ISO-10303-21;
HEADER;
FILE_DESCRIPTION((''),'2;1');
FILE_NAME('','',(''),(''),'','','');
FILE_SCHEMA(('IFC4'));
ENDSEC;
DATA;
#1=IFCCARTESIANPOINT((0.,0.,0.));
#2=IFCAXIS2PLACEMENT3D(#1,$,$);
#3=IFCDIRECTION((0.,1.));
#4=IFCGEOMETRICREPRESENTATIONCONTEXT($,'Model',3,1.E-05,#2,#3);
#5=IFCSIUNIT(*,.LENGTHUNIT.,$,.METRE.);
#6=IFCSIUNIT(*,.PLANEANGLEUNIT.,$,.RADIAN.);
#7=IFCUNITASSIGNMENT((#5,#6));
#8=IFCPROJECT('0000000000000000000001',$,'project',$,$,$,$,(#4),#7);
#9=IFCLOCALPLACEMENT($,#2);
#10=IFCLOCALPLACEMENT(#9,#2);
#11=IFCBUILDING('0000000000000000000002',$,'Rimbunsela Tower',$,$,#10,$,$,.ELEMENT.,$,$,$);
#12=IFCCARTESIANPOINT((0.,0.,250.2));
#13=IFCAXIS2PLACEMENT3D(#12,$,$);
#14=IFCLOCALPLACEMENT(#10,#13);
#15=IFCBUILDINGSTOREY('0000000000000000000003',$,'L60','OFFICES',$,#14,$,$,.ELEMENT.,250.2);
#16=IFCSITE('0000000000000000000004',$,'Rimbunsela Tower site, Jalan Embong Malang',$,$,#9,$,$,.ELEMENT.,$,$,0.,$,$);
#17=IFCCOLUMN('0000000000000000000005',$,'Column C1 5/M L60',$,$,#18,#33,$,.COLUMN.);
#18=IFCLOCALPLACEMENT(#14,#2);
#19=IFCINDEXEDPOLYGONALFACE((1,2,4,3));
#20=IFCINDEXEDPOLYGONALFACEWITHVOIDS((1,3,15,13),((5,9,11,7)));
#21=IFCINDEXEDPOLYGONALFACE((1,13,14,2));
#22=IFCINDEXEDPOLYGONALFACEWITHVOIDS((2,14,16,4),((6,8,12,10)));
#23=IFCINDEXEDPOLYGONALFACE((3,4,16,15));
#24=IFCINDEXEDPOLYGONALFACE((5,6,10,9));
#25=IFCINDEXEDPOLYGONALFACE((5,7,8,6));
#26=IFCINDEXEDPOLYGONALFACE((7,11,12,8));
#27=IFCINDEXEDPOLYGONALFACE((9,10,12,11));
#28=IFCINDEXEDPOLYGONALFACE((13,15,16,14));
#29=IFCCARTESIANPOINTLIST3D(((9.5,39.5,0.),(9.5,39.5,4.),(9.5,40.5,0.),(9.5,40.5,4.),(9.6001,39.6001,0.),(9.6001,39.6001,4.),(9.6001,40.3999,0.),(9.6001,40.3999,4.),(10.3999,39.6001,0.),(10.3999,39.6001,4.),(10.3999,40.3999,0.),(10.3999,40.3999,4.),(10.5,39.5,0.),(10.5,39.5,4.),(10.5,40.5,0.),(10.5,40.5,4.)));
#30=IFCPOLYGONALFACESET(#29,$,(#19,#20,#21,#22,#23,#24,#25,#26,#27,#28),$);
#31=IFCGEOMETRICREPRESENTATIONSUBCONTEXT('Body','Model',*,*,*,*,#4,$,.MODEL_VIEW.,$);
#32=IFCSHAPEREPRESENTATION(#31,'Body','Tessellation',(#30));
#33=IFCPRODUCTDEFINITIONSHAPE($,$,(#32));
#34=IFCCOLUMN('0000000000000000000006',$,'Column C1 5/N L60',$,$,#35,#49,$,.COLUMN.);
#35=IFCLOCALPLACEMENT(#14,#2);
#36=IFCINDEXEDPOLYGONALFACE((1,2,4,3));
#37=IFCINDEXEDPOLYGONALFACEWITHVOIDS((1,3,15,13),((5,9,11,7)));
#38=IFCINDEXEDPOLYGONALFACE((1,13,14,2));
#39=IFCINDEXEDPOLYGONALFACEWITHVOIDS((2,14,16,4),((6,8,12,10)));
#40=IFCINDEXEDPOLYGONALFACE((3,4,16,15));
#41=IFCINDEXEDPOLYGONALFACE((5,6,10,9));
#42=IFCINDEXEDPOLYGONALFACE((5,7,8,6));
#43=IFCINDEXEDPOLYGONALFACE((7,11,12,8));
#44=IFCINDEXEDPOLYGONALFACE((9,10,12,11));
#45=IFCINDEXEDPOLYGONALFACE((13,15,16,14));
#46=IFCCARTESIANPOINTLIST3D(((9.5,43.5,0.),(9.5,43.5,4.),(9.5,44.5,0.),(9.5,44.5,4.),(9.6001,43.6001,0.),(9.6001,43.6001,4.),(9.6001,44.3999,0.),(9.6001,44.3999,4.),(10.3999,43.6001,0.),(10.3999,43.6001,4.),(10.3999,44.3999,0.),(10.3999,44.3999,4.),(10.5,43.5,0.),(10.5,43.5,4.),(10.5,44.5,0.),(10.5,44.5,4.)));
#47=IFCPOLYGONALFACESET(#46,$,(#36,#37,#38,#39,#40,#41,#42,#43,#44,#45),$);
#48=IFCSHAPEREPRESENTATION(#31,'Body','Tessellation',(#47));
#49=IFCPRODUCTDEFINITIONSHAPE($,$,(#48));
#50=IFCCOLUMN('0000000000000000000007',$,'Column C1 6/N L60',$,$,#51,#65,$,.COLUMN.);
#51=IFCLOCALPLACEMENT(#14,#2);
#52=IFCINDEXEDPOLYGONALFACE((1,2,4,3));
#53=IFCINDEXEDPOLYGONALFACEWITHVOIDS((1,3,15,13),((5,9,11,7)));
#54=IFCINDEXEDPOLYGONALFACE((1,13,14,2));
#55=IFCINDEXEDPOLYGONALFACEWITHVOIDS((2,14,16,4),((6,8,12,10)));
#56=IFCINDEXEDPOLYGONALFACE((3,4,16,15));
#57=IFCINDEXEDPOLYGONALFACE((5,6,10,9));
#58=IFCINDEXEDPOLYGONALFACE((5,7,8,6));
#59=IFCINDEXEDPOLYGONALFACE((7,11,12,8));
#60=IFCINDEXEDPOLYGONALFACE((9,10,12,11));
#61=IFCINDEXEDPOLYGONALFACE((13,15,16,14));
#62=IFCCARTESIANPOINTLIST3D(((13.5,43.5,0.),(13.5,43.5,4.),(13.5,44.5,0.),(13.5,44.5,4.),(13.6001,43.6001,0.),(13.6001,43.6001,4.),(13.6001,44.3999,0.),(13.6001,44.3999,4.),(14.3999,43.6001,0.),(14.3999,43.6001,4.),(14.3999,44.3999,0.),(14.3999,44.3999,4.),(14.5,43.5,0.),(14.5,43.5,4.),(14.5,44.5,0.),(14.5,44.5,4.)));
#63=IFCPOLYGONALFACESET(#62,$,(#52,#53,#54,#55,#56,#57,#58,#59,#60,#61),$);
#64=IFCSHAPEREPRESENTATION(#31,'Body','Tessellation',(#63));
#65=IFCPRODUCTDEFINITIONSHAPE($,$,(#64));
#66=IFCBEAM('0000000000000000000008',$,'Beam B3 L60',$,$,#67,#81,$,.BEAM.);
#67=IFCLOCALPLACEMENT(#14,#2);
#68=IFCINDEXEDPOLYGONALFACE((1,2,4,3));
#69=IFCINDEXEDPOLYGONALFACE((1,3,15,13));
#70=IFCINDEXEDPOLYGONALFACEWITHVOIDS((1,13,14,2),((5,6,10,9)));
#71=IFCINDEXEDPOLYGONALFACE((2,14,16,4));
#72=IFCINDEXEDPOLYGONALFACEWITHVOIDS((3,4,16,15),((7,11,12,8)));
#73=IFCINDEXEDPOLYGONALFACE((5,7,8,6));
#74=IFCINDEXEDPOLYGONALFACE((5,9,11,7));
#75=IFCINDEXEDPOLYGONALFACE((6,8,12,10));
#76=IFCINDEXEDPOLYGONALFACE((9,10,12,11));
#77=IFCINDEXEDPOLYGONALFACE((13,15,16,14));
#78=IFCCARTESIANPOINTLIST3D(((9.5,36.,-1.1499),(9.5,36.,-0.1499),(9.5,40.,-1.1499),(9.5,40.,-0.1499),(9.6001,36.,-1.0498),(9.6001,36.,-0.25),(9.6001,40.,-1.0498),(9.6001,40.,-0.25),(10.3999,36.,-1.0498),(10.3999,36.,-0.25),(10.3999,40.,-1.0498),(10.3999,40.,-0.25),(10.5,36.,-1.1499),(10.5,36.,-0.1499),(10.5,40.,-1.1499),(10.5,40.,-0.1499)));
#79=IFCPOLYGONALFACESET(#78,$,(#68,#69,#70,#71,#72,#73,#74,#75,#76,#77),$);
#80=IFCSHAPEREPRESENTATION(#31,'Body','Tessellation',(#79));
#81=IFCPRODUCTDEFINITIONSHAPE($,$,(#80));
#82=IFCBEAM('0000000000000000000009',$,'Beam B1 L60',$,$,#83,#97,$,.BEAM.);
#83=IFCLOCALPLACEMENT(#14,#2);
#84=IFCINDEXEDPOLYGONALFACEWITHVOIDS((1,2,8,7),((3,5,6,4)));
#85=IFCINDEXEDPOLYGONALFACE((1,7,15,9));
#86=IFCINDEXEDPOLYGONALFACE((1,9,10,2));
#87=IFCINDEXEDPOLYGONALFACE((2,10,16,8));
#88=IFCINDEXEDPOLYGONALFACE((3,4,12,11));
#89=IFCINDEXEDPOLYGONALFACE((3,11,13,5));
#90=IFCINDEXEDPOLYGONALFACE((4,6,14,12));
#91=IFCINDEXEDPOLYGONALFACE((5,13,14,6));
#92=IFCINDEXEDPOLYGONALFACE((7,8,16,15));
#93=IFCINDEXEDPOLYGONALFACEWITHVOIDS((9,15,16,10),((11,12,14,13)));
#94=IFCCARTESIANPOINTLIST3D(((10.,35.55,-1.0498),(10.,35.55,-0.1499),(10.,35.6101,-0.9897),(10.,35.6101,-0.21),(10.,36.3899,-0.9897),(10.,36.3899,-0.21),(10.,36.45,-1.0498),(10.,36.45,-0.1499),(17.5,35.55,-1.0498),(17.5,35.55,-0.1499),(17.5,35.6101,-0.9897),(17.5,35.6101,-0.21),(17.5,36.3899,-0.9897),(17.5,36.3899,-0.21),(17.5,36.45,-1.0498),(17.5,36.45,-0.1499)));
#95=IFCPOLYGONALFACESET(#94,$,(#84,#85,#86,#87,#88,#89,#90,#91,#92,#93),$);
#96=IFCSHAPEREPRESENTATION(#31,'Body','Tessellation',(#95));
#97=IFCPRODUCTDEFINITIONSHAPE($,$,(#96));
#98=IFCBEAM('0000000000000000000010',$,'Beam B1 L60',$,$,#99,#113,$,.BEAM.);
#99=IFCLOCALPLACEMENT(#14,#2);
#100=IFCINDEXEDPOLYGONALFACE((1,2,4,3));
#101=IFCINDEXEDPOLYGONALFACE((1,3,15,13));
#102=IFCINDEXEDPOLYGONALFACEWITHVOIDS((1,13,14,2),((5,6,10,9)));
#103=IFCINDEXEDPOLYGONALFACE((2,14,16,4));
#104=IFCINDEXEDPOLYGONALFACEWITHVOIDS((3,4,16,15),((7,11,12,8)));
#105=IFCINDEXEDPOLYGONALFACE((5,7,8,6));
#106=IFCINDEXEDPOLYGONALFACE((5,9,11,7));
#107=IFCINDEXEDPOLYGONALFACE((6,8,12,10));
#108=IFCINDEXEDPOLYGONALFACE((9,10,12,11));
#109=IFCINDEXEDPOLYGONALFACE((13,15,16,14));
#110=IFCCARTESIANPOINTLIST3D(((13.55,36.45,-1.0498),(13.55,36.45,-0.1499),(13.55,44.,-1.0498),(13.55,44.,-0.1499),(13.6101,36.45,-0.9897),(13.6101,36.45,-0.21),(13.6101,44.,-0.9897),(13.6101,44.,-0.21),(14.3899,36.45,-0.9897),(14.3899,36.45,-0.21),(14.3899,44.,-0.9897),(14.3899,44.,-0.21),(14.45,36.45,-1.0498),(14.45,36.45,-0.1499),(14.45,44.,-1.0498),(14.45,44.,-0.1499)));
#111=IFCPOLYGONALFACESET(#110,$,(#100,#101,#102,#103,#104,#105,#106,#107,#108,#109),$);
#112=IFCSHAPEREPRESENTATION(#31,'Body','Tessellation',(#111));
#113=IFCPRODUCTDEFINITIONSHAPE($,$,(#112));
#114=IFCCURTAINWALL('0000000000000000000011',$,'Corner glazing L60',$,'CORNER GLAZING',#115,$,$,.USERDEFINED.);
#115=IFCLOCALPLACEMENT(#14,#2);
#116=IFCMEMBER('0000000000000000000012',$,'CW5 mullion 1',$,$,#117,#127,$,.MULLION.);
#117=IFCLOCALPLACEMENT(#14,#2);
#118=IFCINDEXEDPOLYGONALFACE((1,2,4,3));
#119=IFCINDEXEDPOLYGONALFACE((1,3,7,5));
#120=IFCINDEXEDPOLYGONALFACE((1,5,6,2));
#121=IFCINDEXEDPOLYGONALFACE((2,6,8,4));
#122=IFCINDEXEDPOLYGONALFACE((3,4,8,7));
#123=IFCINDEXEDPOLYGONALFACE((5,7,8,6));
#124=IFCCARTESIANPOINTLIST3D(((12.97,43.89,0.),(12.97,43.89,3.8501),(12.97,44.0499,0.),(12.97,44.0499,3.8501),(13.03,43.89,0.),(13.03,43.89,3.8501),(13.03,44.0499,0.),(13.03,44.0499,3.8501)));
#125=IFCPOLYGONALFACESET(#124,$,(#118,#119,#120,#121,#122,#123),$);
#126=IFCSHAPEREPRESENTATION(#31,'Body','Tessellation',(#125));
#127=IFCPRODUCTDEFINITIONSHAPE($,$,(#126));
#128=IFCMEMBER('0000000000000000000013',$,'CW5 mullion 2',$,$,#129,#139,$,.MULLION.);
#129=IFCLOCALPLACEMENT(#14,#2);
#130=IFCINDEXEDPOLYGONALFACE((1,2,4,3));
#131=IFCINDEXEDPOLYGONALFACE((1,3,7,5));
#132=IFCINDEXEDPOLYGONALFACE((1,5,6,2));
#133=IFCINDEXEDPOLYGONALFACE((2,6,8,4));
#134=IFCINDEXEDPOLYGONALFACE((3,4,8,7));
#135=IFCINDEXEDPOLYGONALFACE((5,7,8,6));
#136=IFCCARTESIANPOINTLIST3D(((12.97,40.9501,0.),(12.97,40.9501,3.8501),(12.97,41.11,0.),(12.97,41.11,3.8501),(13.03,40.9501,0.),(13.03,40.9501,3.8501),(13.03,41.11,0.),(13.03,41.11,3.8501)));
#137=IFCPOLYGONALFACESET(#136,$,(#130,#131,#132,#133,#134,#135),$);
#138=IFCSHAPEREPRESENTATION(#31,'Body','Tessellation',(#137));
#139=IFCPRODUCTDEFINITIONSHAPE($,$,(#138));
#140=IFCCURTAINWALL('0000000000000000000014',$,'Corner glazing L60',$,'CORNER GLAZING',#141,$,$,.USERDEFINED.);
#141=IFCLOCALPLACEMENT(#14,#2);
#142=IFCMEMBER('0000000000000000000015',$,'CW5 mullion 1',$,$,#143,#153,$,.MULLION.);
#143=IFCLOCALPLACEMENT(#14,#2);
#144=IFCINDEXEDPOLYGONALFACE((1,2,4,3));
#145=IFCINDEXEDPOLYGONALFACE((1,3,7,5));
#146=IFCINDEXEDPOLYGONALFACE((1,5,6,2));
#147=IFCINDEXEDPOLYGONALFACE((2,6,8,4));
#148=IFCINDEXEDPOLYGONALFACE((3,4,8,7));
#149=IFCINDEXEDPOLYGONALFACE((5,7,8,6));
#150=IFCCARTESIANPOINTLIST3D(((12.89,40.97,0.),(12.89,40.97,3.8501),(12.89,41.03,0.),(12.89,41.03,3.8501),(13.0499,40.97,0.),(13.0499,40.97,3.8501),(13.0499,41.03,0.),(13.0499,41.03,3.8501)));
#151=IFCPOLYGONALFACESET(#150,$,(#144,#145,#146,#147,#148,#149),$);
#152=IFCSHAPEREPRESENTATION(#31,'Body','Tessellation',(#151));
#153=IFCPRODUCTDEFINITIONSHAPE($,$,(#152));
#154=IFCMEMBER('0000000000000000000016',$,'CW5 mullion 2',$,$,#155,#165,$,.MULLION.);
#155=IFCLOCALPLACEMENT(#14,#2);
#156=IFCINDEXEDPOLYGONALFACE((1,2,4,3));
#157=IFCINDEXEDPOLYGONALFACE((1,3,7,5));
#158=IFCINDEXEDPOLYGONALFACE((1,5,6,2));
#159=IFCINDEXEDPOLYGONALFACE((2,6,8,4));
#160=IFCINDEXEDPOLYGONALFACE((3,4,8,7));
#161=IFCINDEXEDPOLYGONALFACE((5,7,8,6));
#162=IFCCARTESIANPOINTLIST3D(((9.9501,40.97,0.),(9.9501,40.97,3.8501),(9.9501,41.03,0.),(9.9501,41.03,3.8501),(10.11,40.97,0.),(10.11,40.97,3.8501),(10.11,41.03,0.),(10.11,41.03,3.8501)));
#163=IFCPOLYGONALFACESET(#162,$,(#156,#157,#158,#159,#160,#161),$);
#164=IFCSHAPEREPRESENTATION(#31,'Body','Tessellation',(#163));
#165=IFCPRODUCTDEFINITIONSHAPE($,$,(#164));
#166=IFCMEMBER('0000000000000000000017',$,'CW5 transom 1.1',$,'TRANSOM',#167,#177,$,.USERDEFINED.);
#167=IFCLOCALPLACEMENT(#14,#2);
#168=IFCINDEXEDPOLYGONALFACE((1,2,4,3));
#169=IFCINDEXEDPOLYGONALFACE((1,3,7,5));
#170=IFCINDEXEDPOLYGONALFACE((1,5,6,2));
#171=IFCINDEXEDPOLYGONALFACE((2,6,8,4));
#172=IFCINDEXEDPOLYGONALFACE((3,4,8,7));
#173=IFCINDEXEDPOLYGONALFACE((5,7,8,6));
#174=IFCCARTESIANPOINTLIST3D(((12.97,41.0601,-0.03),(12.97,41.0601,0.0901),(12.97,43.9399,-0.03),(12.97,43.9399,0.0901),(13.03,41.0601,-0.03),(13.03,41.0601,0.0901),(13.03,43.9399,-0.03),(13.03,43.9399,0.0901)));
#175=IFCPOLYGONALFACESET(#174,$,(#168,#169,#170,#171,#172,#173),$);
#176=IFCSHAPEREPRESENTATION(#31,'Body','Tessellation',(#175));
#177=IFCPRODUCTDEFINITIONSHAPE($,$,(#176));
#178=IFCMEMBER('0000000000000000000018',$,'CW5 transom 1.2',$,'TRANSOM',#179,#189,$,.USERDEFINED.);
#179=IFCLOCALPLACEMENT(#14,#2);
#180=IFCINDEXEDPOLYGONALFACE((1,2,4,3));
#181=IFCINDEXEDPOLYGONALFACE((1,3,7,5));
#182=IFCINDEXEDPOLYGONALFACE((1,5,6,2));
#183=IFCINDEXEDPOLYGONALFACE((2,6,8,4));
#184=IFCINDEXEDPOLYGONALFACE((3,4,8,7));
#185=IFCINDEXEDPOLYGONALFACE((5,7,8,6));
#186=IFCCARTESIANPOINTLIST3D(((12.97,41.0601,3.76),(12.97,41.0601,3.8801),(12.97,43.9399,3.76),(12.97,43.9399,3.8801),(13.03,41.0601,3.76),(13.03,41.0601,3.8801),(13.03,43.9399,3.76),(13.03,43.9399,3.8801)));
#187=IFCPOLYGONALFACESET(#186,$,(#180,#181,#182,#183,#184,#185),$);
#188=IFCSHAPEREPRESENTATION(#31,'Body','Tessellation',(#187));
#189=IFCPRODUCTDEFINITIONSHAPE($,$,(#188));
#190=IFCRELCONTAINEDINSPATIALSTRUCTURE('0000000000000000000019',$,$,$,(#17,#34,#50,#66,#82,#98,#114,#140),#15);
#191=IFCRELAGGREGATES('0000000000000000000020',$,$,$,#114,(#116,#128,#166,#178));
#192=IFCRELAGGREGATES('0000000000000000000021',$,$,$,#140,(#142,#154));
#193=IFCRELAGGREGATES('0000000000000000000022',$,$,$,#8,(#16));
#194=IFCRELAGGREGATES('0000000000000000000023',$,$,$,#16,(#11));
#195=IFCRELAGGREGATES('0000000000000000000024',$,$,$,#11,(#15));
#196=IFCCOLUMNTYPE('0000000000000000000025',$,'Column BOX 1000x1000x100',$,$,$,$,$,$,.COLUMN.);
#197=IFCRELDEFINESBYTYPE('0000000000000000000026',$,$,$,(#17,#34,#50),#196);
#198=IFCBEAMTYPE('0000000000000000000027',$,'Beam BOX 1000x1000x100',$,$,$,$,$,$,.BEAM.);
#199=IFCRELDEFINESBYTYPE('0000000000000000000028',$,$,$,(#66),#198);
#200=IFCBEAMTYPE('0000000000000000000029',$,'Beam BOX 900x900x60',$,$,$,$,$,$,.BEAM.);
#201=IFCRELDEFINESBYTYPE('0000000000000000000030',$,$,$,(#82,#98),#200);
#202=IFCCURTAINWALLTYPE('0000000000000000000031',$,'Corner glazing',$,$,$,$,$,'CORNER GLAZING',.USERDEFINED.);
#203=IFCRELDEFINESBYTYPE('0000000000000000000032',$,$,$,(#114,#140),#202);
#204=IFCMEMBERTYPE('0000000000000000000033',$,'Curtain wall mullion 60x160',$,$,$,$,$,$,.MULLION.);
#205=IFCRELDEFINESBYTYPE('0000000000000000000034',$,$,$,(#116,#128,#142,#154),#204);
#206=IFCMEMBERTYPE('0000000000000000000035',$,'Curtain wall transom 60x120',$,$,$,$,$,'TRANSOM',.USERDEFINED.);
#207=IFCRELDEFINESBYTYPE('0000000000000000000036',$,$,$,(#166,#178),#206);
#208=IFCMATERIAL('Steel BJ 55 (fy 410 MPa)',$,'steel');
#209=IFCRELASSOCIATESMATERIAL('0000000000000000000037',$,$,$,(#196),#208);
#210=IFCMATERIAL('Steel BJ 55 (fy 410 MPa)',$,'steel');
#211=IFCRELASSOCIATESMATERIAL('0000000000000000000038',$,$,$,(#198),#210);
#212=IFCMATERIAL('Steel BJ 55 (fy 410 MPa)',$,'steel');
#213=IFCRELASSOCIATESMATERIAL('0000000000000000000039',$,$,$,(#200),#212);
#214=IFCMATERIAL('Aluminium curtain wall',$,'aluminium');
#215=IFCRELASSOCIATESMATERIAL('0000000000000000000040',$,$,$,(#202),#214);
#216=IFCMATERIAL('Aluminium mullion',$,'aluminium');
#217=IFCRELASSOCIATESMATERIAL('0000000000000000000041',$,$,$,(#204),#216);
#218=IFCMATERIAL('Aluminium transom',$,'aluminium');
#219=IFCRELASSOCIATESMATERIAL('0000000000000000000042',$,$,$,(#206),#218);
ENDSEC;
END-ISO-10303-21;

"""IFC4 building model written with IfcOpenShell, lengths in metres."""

from ifc_helpers import new_model, si_unit, direction, frame, origin, origin_2d, place, context, subcontext, project, spatial, rectangle, hollow_rectangle, extrude, material, material_profile, profile_set, type_object, element, aggregate, save


model = new_model("IFC4")

# Units and contexts
model_context = context("Model", 3, precision=1e-05, world=origin(), true_north=direction((0.0, 1.0)))
body_context = subcontext(model_context, "Body", "Model", "MODEL_VIEW")
ifc_project = project(units=[si_unit("LENGTHUNIT", "METRE"), si_unit("PLANEANGLEUNIT", "RADIAN")], contexts=[model_context])

# Site, building, storey
site_placement = place(None, origin())
site = spatial("IfcSite", under=ifc_project, at=site_placement, Name="Rimbunsela Tower site, Jalan Embong Malang", CompositionType="ELEMENT", RefElevation=0.0)
building_placement = place(site_placement, origin())
building = spatial("IfcBuilding", under=site, at=building_placement, Name="Rimbunsela Tower", CompositionType="ELEMENT")
storey_placement = place(building_placement, frame((0.0, 0.0, 250.2)))
storey = spatial("IfcBuildingStorey", under=building, at=storey_placement, Name="L60", Description="OFFICES", CompositionType="ELEMENT", Elevation=250.2)

# Columns
ifc_material_1 = material(Name="Steel BJ 55 (fy 410 MPa)", Category="steel")
ifc_material_profile_1 = material_profile(ifc_material_1, hollow_rectangle(XDim=1.0, YDim=1.0, WallThickness=0.1001, at=origin_2d()), Name="BOX 1000x1000x100")
ifc_profile_set_1 = profile_set([ifc_material_profile_1], Name="Steel BJ 55 (fy 410 MPa)")
column_type = type_object("IfcColumnType", Name="Column BOX 1000x1000x100", PredefinedType="COLUMN", material=ifc_profile_set_1)
for number, where, z_axis, x_axis, name in (
    (1, (10.0, 40.0, 0.0), (0.0, 0.0, 1.0), (1.0, 0.0, 0.0), "Column C1 5/M L60"),
    (2, (10.0, 44.0, 0.0), (0.0, 0.0, 1.0), (1.0, 0.0, 0.0), "Column C1 5/N L60"),
    (3, (14.0, 44.0, 0.0), (0.0, 0.0, 1.0), (1.0, 0.0, 0.0), "Column C1 6/N L60"),
):
    element("IfcColumn", number, at=place(storey_placement, frame(where, z_axis=z_axis, x_axis=x_axis)), inside=storey, type_object=column_type, Name=name, PredefinedType="COLUMN", context=body_context, shape_type="SweptSolid", body=[
        extrude(hollow_rectangle(XDim=1.0, YDim=1.0, WallThickness=0.1001, at=origin_2d()), origin(), (0.0, 0.0, 1.0), 4.0),
    ])

# Beams
ifc_material_2 = material(Name="Steel BJ 55 (fy 410 MPa)", Category="steel")
ifc_material_profile_2 = material_profile(ifc_material_2, hollow_rectangle(XDim=1.0, YDim=1.0, WallThickness=0.1001, at=origin_2d()), Name="BOX 1000x1000x100")
ifc_profile_set_2 = profile_set([ifc_material_profile_2], Name="Steel BJ 55 (fy 410 MPa)")
beam_type_1 = type_object("IfcBeamType", Name="Beam BOX 1000x1000x100", PredefinedType="BEAM", material=ifc_profile_set_2)
beam_1_placement = place(storey_placement, frame((10.0, 36.0, -0.6499), z_axis=(0.0, 1.0, 0.0), x_axis=(-1.0, 0.0, 0.0)))
element("IfcBeam", 4, at=beam_1_placement, inside=storey, type_object=beam_type_1, Name="Beam B3 L60", PredefinedType="BEAM", context=body_context, shape_type="SweptSolid", body=[
    extrude(hollow_rectangle(XDim=1.0, YDim=1.0, WallThickness=0.1001, at=origin_2d()), origin(), (0.0, 0.0, 1.0), 4.0),
])
ifc_material_3 = material(Name="Steel BJ 55 (fy 410 MPa)", Category="steel")
ifc_material_profile_3 = material_profile(ifc_material_3, hollow_rectangle(XDim=0.8999, YDim=0.8999, WallThickness=0.0601, at=origin_2d()), Name="BOX 900x900x60")
ifc_profile_set_3 = profile_set([ifc_material_profile_3], Name="Steel BJ 55 (fy 410 MPa)")
beam_type_2 = type_object("IfcBeamType", Name="Beam BOX 900x900x60", PredefinedType="BEAM", material=ifc_profile_set_3)
beam_2_placement = place(storey_placement, frame((10.0, 36.0, -0.5999), z_axis=(1.0, 0.0, 0.0), x_axis=(0.0, 1.0, 0.0)))
element("IfcBeam", 5, at=beam_2_placement, inside=storey, type_object=beam_type_2, Name="Beam B1 L60", PredefinedType="BEAM", context=body_context, shape_type="SweptSolid", body=[
    extrude(hollow_rectangle(XDim=0.8999, YDim=0.8999, WallThickness=0.0601, at=origin_2d()), origin(), (0.0, 0.0, 1.0), 7.5),
])
beam_3_placement = place(storey_placement, frame((14.0, 36.45, -0.5999), z_axis=(0.0, 1.0, 0.0), x_axis=(-1.0, 0.0, 0.0)))
element("IfcBeam", 6, at=beam_3_placement, inside=storey, type_object=beam_type_2, Name="Beam B1 L60", PredefinedType="BEAM", context=body_context, shape_type="SweptSolid", body=[
    extrude(hollow_rectangle(XDim=0.8999, YDim=0.8999, WallThickness=0.0601, at=origin_2d()), origin(), (0.0, 0.0, 1.0), 7.55),
])

# Curtain walls, members
ifc_material_4 = material(Name="Aluminium curtain wall", Category="aluminium")
curtain_wall_type = type_object("IfcCurtainWallType", Name="Corner glazing", ElementType="CORNER GLAZING", PredefinedType="USERDEFINED", material=ifc_material_4)
curtain_wall_1_placement = place(storey_placement, origin())
curtain_wall_1 = element("IfcCurtainWall", 7, at=curtain_wall_1_placement, inside=storey, type_object=curtain_wall_type, Name="Corner glazing L60", ObjectType="CORNER GLAZING", PredefinedType="USERDEFINED")
ifc_material_5 = material(Name="Aluminium mullion", Category="aluminium")
ifc_material_profile_4 = material_profile(ifc_material_5, rectangle(XDim=0.0601, YDim=0.1599, at=origin_2d()), Name="Mullion 60x160")
ifc_profile_set_4 = profile_set([ifc_material_profile_4], Name="Aluminium mullion")
member_type_1 = type_object("IfcMemberType", Name="Curtain wall mullion 60x160", PredefinedType="MULLION", material=ifc_profile_set_4)
member_1_placement = place(storey_placement, frame((13.0, 43.97, 0.0), z_axis=(0.0, 0.0, 1.0), x_axis=(1.0, 0.0, 0.0)))
member_1 = element("IfcMember", 8, at=member_1_placement, type_object=member_type_1, Name="CW5 mullion 1", PredefinedType="MULLION", context=body_context, shape_type="SweptSolid", body=[
    extrude(rectangle(XDim=0.0601, YDim=0.1599, at=origin_2d()), origin(), (0.0, 0.0, 1.0), 3.8501),
])
member_2_placement = place(storey_placement, frame((13.0, 41.03, 0.0), z_axis=(0.0, 0.0, 1.0), x_axis=(1.0, 0.0, 0.0)))
member_2 = element("IfcMember", 9, at=member_2_placement, type_object=member_type_1, Name="CW5 mullion 2", PredefinedType="MULLION", context=body_context, shape_type="SweptSolid", body=[
    extrude(rectangle(XDim=0.0601, YDim=0.1599, at=origin_2d()), origin(), (0.0, 0.0, 1.0), 3.8501),
])
curtain_wall_2_placement = place(storey_placement, origin())
curtain_wall_2 = element("IfcCurtainWall", 10, at=curtain_wall_2_placement, inside=storey, type_object=curtain_wall_type, Name="Corner glazing L60", ObjectType="CORNER GLAZING", PredefinedType="USERDEFINED")
member_3_placement = place(storey_placement, frame((12.97, 41.0, 0.0), z_axis=(0.0, 0.0, 1.0), x_axis=(0.0, -1.0, 0.0)))
member_3 = element("IfcMember", 11, at=member_3_placement, type_object=member_type_1, Name="CW5 mullion 1", PredefinedType="MULLION", context=body_context, shape_type="SweptSolid", body=[
    extrude(rectangle(XDim=0.0601, YDim=0.1599, at=origin_2d()), origin(), (0.0, 0.0, 1.0), 3.8501),
])
member_4_placement = place(storey_placement, frame((10.03, 41.0, 0.0), z_axis=(0.0, 0.0, 1.0), x_axis=(0.0, -1.0, 0.0)))
member_4 = element("IfcMember", 12, at=member_4_placement, type_object=member_type_1, Name="CW5 mullion 2", PredefinedType="MULLION", context=body_context, shape_type="SweptSolid", body=[
    extrude(rectangle(XDim=0.0601, YDim=0.1599, at=origin_2d()), origin(), (0.0, 0.0, 1.0), 3.8501),
])

# Members
ifc_material_6 = material(Name="Aluminium transom", Category="aluminium")
ifc_material_profile_5 = material_profile(ifc_material_6, rectangle(XDim=0.0601, YDim=0.1201, at=origin_2d()), Name="Transom 60x120")
ifc_profile_set_5 = profile_set([ifc_material_profile_5], Name="Aluminium transom")
member_type_2 = type_object("IfcMemberType", Name="Curtain wall transom 60x120", ElementType="TRANSOM", PredefinedType="USERDEFINED", material=ifc_profile_set_5)
member_5_placement = place(storey_placement, frame((13.0, 43.9399, 0.03), z_axis=(0.0, -1.0, 0.0), x_axis=(1.0, 0.0, 0.0)))
member_5 = element("IfcMember", 13, at=member_5_placement, type_object=member_type_2, Name="CW5 transom 1.1", ObjectType="TRANSOM", PredefinedType="USERDEFINED", context=body_context, shape_type="SweptSolid", body=[
    extrude(rectangle(XDim=0.0601, YDim=0.1201, at=origin_2d()), origin(), (0.0, 0.0, 1.0), 2.8799),
])
member_6_placement = place(storey_placement, frame((13.0, 43.9399, 3.8201), z_axis=(0.0, -1.0, 0.0), x_axis=(1.0, 0.0, 0.0)))
member_6 = element("IfcMember", 14, at=member_6_placement, type_object=member_type_2, Name="CW5 transom 1.2", ObjectType="TRANSOM", PredefinedType="USERDEFINED", context=body_context, shape_type="SweptSolid", body=[
    extrude(rectangle(XDim=0.0601, YDim=0.1201, at=origin_2d()), origin(), (0.0, 0.0, 1.0), 2.8799),
])

aggregate(curtain_wall_1, [member_1, member_2, member_5, member_6])
aggregate(curtain_wall_2, [member_3, member_4])

save(model, "model.ifc")
